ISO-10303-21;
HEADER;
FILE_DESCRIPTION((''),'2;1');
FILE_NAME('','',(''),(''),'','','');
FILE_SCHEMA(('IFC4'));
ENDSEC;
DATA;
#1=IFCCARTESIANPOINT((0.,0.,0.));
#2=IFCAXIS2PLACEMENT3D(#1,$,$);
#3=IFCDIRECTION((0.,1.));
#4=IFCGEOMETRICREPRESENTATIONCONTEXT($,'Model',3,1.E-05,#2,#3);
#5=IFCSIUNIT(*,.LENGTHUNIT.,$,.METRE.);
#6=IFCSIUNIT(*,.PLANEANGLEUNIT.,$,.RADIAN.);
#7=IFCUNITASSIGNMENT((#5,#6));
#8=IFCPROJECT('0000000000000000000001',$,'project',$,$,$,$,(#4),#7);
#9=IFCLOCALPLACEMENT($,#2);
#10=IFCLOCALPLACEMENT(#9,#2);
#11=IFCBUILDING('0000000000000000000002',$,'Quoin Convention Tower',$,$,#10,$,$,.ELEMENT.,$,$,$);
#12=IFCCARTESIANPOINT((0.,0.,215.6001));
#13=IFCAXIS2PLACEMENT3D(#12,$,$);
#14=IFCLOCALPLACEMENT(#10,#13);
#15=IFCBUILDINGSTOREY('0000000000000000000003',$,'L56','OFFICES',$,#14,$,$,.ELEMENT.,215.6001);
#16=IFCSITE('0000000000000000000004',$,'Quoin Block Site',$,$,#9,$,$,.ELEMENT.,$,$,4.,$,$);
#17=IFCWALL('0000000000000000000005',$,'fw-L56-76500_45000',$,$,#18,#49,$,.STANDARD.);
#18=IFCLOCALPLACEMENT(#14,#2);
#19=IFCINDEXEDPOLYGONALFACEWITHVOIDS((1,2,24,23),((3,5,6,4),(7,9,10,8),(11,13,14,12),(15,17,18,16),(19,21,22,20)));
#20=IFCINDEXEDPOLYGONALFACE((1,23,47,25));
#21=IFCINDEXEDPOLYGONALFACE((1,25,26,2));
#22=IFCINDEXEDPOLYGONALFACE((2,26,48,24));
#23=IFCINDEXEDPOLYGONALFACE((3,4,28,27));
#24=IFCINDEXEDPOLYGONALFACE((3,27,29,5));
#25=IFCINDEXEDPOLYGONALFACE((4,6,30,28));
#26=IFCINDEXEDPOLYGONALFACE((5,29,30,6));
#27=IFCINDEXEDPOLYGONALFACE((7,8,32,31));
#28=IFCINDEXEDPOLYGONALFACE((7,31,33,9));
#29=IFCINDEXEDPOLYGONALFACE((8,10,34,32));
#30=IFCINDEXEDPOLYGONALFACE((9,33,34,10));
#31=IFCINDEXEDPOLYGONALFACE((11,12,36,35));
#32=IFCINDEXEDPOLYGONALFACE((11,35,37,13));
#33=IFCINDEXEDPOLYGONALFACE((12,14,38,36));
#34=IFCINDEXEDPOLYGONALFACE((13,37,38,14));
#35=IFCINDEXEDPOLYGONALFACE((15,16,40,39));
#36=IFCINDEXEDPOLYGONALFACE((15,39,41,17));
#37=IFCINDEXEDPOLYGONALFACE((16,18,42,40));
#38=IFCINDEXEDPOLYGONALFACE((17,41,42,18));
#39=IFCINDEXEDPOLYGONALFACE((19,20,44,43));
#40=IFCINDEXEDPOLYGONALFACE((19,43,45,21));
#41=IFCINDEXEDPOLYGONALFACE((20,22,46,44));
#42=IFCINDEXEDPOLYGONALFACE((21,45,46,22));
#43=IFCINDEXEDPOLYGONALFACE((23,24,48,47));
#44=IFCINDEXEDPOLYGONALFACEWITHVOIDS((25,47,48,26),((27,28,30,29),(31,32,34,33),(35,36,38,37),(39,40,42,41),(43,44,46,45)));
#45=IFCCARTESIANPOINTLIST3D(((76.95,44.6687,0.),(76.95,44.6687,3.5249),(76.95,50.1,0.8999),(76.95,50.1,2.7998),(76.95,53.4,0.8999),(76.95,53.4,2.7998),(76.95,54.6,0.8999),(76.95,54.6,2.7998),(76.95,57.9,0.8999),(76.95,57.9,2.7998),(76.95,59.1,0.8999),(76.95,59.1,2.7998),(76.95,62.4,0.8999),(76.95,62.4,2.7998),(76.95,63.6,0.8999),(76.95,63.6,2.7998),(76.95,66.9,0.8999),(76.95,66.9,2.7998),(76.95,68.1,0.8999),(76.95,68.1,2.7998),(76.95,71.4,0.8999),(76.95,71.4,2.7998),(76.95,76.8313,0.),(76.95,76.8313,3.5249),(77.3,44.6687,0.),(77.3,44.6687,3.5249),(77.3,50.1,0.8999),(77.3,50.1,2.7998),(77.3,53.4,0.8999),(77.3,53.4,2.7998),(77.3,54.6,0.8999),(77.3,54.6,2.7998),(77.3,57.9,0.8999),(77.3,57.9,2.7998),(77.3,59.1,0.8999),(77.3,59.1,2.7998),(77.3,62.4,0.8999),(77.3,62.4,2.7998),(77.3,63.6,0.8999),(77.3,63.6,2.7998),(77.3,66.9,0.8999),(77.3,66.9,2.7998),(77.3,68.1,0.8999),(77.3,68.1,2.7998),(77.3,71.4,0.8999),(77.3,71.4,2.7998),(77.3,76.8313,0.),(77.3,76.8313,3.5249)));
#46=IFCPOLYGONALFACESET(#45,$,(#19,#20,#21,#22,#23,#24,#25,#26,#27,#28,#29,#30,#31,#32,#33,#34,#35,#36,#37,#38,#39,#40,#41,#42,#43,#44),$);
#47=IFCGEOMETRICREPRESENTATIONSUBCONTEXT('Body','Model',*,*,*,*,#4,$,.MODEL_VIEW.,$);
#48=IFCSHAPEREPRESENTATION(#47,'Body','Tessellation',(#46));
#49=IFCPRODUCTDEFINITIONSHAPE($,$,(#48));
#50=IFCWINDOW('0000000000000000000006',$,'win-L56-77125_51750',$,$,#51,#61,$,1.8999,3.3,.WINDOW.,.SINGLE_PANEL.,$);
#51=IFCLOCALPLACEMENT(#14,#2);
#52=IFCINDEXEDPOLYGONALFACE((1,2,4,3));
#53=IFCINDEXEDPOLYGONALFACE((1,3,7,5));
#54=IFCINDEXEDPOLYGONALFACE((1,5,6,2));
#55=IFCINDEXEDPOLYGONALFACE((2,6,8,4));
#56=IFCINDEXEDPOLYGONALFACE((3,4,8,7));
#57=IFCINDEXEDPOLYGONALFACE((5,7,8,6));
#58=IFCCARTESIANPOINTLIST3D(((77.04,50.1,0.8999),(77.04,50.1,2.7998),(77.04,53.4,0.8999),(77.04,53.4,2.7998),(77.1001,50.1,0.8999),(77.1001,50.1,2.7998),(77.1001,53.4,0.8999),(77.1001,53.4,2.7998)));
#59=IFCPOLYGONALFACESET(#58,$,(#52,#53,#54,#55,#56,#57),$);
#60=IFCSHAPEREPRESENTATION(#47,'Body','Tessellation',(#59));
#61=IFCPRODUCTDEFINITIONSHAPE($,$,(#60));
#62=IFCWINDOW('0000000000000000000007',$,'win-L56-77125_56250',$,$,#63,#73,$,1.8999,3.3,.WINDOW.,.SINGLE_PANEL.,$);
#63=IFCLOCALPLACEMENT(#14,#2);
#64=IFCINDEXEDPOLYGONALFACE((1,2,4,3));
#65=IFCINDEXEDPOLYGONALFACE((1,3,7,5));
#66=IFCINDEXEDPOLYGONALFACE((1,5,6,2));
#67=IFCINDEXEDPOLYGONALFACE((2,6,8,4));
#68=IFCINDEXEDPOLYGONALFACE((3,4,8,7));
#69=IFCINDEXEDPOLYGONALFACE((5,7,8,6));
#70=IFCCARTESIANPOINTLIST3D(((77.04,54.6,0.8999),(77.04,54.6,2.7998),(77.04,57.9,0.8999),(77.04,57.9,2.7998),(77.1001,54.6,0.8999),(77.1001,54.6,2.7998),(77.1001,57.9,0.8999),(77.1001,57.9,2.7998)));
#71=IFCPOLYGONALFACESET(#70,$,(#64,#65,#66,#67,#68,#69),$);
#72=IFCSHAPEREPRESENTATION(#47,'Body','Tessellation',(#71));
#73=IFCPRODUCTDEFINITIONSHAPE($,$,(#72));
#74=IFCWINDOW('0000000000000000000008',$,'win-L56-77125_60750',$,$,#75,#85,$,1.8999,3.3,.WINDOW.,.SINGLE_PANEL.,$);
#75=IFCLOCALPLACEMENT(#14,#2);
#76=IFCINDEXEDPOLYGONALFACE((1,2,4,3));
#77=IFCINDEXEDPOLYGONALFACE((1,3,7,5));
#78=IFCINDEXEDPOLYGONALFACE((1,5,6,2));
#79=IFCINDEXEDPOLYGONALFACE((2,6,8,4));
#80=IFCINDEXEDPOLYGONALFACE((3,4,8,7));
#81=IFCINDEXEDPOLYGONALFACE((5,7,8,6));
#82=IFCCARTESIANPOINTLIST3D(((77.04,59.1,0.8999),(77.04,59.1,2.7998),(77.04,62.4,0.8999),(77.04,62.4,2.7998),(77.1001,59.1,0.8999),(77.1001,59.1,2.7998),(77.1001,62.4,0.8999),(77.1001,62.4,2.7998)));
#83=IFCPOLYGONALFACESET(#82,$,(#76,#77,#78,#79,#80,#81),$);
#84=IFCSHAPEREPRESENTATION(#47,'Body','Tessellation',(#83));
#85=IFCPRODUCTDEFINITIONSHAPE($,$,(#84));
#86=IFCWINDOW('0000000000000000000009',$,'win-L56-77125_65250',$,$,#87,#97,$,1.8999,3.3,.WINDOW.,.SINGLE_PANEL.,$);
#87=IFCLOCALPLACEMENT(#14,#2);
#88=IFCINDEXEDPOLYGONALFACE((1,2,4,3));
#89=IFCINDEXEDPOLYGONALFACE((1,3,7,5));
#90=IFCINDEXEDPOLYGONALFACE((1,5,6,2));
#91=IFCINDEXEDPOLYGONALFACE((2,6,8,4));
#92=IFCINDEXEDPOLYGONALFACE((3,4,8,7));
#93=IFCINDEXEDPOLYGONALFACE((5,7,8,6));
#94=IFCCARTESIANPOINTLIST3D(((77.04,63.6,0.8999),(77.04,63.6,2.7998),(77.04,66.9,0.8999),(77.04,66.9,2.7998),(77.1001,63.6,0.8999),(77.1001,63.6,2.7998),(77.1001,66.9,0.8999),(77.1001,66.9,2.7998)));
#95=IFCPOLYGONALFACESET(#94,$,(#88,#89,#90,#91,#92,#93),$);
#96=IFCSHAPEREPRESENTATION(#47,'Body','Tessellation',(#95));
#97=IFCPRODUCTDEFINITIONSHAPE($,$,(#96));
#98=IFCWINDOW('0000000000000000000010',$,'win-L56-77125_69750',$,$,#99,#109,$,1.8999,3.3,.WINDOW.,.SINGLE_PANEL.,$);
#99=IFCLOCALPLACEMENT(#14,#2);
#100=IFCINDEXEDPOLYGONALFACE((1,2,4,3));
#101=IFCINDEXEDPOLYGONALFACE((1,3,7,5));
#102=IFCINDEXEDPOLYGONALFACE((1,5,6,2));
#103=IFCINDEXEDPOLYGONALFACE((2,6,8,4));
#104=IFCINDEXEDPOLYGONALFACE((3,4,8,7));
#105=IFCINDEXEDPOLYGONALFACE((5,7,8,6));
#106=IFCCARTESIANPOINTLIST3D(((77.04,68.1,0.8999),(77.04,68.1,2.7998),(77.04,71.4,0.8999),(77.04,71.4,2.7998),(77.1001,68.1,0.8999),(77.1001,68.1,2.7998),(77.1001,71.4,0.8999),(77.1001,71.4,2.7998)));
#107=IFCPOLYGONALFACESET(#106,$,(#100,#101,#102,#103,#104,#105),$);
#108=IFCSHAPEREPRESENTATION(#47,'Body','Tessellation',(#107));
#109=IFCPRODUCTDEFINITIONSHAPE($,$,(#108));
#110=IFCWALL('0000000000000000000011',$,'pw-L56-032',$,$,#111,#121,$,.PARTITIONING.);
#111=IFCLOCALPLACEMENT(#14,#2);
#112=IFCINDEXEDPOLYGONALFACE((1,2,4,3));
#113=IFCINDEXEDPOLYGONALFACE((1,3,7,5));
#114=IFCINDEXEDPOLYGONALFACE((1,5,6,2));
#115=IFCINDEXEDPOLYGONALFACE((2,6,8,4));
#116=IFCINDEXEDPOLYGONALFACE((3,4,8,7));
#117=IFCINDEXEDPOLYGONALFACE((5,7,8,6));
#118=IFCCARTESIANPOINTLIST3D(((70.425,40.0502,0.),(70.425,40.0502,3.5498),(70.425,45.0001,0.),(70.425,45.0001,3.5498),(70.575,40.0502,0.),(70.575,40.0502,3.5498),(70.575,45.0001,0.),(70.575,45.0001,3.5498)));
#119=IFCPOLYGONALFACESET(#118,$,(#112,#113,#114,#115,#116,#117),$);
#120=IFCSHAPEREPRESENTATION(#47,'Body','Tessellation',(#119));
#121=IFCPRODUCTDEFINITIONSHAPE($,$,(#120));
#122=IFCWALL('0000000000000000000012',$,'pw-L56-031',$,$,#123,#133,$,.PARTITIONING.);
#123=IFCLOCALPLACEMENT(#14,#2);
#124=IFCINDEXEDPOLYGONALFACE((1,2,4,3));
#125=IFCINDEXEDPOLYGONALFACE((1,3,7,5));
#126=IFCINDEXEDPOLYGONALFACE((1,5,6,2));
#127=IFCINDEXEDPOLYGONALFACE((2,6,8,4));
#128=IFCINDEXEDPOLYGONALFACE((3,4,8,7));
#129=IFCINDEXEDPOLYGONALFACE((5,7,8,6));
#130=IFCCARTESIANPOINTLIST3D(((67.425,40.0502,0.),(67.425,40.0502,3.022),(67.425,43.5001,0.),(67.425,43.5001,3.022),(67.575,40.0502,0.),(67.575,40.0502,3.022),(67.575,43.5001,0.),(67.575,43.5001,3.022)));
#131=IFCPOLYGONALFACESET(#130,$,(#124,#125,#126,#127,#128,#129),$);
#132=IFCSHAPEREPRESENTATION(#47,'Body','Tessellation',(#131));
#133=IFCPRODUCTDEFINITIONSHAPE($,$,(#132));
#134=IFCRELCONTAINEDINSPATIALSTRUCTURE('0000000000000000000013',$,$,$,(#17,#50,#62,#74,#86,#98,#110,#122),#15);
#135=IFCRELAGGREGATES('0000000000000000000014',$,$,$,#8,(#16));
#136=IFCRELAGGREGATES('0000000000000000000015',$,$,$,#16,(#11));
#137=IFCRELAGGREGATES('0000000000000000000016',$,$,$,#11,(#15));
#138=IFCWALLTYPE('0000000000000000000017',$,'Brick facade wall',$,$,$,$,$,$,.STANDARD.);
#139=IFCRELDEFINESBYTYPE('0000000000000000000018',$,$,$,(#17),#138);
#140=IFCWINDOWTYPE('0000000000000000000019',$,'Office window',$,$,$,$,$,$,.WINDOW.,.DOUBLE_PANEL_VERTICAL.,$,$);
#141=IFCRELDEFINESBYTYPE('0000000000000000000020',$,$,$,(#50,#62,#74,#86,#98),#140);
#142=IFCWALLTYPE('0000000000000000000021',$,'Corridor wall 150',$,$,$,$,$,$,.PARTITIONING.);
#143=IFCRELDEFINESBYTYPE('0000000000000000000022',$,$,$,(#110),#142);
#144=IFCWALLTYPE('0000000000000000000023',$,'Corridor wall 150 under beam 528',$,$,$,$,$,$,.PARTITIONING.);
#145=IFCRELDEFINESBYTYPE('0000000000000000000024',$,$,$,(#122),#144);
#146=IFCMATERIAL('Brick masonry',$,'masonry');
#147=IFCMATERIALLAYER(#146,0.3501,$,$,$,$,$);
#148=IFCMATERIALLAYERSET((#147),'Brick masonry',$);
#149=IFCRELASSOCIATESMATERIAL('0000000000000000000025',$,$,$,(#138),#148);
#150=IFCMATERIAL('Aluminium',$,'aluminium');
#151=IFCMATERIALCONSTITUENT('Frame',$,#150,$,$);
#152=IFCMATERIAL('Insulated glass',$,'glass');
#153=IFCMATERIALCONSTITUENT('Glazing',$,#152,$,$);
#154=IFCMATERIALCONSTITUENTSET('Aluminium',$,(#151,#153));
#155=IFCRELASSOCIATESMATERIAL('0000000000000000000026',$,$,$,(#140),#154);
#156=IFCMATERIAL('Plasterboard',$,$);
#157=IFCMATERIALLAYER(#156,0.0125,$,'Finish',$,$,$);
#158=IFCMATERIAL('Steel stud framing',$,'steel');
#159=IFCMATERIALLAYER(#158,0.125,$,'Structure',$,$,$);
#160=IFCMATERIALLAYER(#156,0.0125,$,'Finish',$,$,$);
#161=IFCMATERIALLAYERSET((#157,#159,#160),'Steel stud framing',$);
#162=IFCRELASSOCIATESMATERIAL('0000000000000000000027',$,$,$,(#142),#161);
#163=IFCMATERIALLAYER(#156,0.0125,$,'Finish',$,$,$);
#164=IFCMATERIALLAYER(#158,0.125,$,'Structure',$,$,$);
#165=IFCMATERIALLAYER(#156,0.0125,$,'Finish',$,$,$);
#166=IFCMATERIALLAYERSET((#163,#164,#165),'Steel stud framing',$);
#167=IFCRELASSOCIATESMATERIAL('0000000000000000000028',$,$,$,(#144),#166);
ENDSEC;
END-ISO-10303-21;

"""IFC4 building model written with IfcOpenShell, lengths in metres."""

from ifc_helpers import new_model, si_unit, direction, frame, frame_2d, origin, place, context, subcontext, project, spatial, rectangle, extrude, material, layer, layer_set, constituent, constituent_set, type_object, element, fill, save


model = new_model("IFC4")

# Units and contexts
model_context = context("Model", 3, precision=1e-05, world=origin(), true_north=direction((0.0, 1.0)))
body_context = subcontext(model_context, "Body", "Model", "MODEL_VIEW")
ifc_project = project(units=[si_unit("LENGTHUNIT", "METRE"), si_unit("PLANEANGLEUNIT", "RADIAN")], contexts=[model_context])

# Site, building, storey
site_placement = place(None, origin())
site = spatial("IfcSite", under=ifc_project, at=site_placement, Name="Quoin Block Site", CompositionType="ELEMENT", RefElevation=4.0)
building_placement = place(site_placement, origin())
building = spatial("IfcBuilding", under=site, at=building_placement, Name="Quoin Convention Tower", CompositionType="ELEMENT")
storey_placement = place(building_placement, frame((0.0, 0.0, 215.6001)))
storey = spatial("IfcBuildingStorey", under=building, at=storey_placement, Name="L56", Description="OFFICES", CompositionType="ELEMENT", Elevation=215.6001)

# Shared definitions
ifc_material_1 = material(Name="Plasterboard")
ifc_material_2 = material(Name="Steel stud framing", Category="steel")

# Shared definitions
ifc_material_3 = material(Name="Brick masonry", Category="masonry")
ifc_layer_1 = layer(ifc_material_3, 0.3501)
ifc_layer_set_1 = layer_set([ifc_layer_1], Name="Brick masonry")
wall_type_1 = type_object("IfcWallType", Name="Brick facade wall", PredefinedType="STANDARD", material=ifc_layer_set_1)
ifc_material_4 = material(Name="Aluminium", Category="aluminium")
ifc_constituent_1 = constituent(ifc_material_4, Name="Frame")
ifc_material_5 = material(Name="Insulated glass", Category="glass")
ifc_constituent_2 = constituent(ifc_material_5, Name="Glazing")
ifc_constituent_set = constituent_set(constituents=[ifc_constituent_1, ifc_constituent_2], Name="Aluminium")
window_type = type_object("IfcWindowType", Name="Office window", PartitioningType="DOUBLE_PANEL_VERTICAL", PredefinedType="WINDOW", material=ifc_constituent_set)

# Wall, openings, windows
wall_1_placement = place(storey_placement, frame((77.125, 44.6687, 0.0), z_axis=(0.0, 0.0, 1.0), x_axis=(0.0, 1.0, 0.0)))
wall_1 = element("IfcWall", 1, at=wall_1_placement, inside=storey, type_object=wall_type_1, Name="fw-L56-76500_45000", PredefinedType="STANDARD", context=body_context, shape_type="SweptSolid", body=[
    extrude(rectangle(XDim=32.1626, YDim=0.3501, at=frame_2d((16.0813, 0.0))), origin(), (0.0, 0.0, 1.0), 3.5249),
])
opening_1_placement = place(wall_1_placement, frame((5.4314, 0.0, 0.8999)))
opening_1 = element("IfcOpeningElement", 2, at=opening_1_placement, cuts=wall_1, PredefinedType="OPENING", context=body_context, shape_type="SweptSolid", body=[
    extrude(rectangle(XDim=3.3, YDim=1.8999, at=frame_2d((1.6499, 0.95))), frame((0.0, 0.1851, 0.0), z_axis=(0.0, -1.0, 0.0), x_axis=(1.0, 0.0, 0.0)), (0.0, 0.0, 1.0), 0.3701),
])
opening_2_placement = place(wall_1_placement, frame((9.9314, 0.0, 0.8999)))
opening_2 = element("IfcOpeningElement", 3, at=opening_2_placement, cuts=wall_1, PredefinedType="OPENING", context=body_context, shape_type="SweptSolid", body=[
    extrude(rectangle(XDim=3.3, YDim=1.8999, at=frame_2d((1.6499, 0.95))), frame((0.0, 0.1851, 0.0), z_axis=(0.0, -1.0, 0.0), x_axis=(1.0, 0.0, 0.0)), (0.0, 0.0, 1.0), 0.3701),
])
opening_3_placement = place(wall_1_placement, frame((14.4314, 0.0, 0.8999)))
opening_3 = element("IfcOpeningElement", 4, at=opening_3_placement, cuts=wall_1, PredefinedType="OPENING", context=body_context, shape_type="SweptSolid", body=[
    extrude(rectangle(XDim=3.3, YDim=1.8999, at=frame_2d((1.6499, 0.95))), frame((0.0, 0.1851, 0.0), z_axis=(0.0, -1.0, 0.0), x_axis=(1.0, 0.0, 0.0)), (0.0, 0.0, 1.0), 0.3701),
])
opening_4_placement = place(wall_1_placement, frame((18.9314, 0.0, 0.8999)))
opening_4 = element("IfcOpeningElement", 5, at=opening_4_placement, cuts=wall_1, PredefinedType="OPENING", context=body_context, shape_type="SweptSolid", body=[
    extrude(rectangle(XDim=3.3, YDim=1.8999, at=frame_2d((1.6499, 0.95))), frame((0.0, 0.1851, 0.0), z_axis=(0.0, -1.0, 0.0), x_axis=(1.0, 0.0, 0.0)), (0.0, 0.0, 1.0), 0.3701),
])
opening_5_placement = place(wall_1_placement, frame((23.4314, 0.0, 0.8999)))
opening_5 = element("IfcOpeningElement", 6, at=opening_5_placement, cuts=wall_1, PredefinedType="OPENING", context=body_context, shape_type="SweptSolid", body=[
    extrude(rectangle(XDim=3.3, YDim=1.8999, at=frame_2d((1.6499, 0.95))), frame((0.0, 0.1851, 0.0), z_axis=(0.0, -1.0, 0.0), x_axis=(1.0, 0.0, 0.0)), (0.0, 0.0, 1.0), 0.3701),
])
window_1_placement = place(opening_1_placement, origin())
window_1 = element("IfcWindow", 7, at=window_1_placement, inside=storey, type_object=window_type, Name="win-L56-77125_51750", OverallHeight=1.8999, OverallWidth=3.3, PartitioningType="SINGLE_PANEL", PredefinedType="WINDOW", context=body_context, shape_type="SweptSolid", body=[
    extrude(rectangle(XDim=3.3, YDim=1.8999, at=frame_2d((1.6499, 0.95))), frame((0.0, 0.085, 0.0), z_axis=(0.0, -1.0, 0.0), x_axis=(1.0, 0.0, 0.0)), (0.0, 0.0, 1.0), 0.0601),
])
fill(opening_1, window_1)
window_2_placement = place(opening_2_placement, origin())
window_2 = element("IfcWindow", 8, at=window_2_placement, inside=storey, type_object=window_type, Name="win-L56-77125_56250", OverallHeight=1.8999, OverallWidth=3.3, PartitioningType="SINGLE_PANEL", PredefinedType="WINDOW", context=body_context, shape_type="SweptSolid", body=[
    extrude(rectangle(XDim=3.3, YDim=1.8999, at=frame_2d((1.6499, 0.95))), frame((0.0, 0.085, 0.0), z_axis=(0.0, -1.0, 0.0), x_axis=(1.0, 0.0, 0.0)), (0.0, 0.0, 1.0), 0.0601),
])
fill(opening_2, window_2)
window_3_placement = place(opening_3_placement, origin())
window_3 = element("IfcWindow", 9, at=window_3_placement, inside=storey, type_object=window_type, Name="win-L56-77125_60750", OverallHeight=1.8999, OverallWidth=3.3, PartitioningType="SINGLE_PANEL", PredefinedType="WINDOW", context=body_context, shape_type="SweptSolid", body=[
    extrude(rectangle(XDim=3.3, YDim=1.8999, at=frame_2d((1.6499, 0.95))), frame((0.0, 0.085, 0.0), z_axis=(0.0, -1.0, 0.0), x_axis=(1.0, 0.0, 0.0)), (0.0, 0.0, 1.0), 0.0601),
])
fill(opening_3, window_3)
window_4_placement = place(opening_4_placement, origin())
window_4 = element("IfcWindow", 10, at=window_4_placement, inside=storey, type_object=window_type, Name="win-L56-77125_65250", OverallHeight=1.8999, OverallWidth=3.3, PartitioningType="SINGLE_PANEL", PredefinedType="WINDOW", context=body_context, shape_type="SweptSolid", body=[
    extrude(rectangle(XDim=3.3, YDim=1.8999, at=frame_2d((1.6499, 0.95))), frame((0.0, 0.085, 0.0), z_axis=(0.0, -1.0, 0.0), x_axis=(1.0, 0.0, 0.0)), (0.0, 0.0, 1.0), 0.0601),
])
fill(opening_4, window_4)
window_5_placement = place(opening_5_placement, origin())
window_5 = element("IfcWindow", 11, at=window_5_placement, inside=storey, type_object=window_type, Name="win-L56-77125_69750", OverallHeight=1.8999, OverallWidth=3.3, PartitioningType="SINGLE_PANEL", PredefinedType="WINDOW", context=body_context, shape_type="SweptSolid", body=[
    extrude(rectangle(XDim=3.3, YDim=1.8999, at=frame_2d((1.6499, 0.95))), frame((0.0, 0.085, 0.0), z_axis=(0.0, -1.0, 0.0), x_axis=(1.0, 0.0, 0.0)), (0.0, 0.0, 1.0), 0.0601),
])
fill(opening_5, window_5)

# Walls
ifc_layer_2 = layer(ifc_material_1, 0.0125, Name="Finish")
ifc_layer_3 = layer(ifc_material_2, 0.125, Name="Structure")
ifc_layer_4 = layer(ifc_material_1, 0.0125, Name="Finish")
ifc_layer_set_2 = layer_set([ifc_layer_2, ifc_layer_3, ifc_layer_4], Name="Steel stud framing")
wall_type_2 = type_object("IfcWallType", Name="Corridor wall 150", PredefinedType="PARTITIONING", material=ifc_layer_set_2)
wall_2_placement = place(storey_placement, frame((70.5, 40.05, 0.0), z_axis=(0.0, 0.0, 1.0), x_axis=(0.0, 1.0, 0.0)))
element("IfcWall", 12, at=wall_2_placement, inside=storey, type_object=wall_type_2, Name="pw-L56-032", PredefinedType="PARTITIONING", context=body_context, shape_type="SweptSolid", body=[
    extrude(rectangle(XDim=4.95, YDim=0.1499, at=frame_2d((2.4751, 0.0))), origin(), (0.0, 0.0, 1.0), 3.5498),
])
ifc_layer_5 = layer(ifc_material_1, 0.0125, Name="Finish")
ifc_layer_6 = layer(ifc_material_2, 0.125, Name="Structure")
ifc_layer_7 = layer(ifc_material_1, 0.0125, Name="Finish")
ifc_layer_set_3 = layer_set([ifc_layer_5, ifc_layer_6, ifc_layer_7], Name="Steel stud framing")
wall_type_3 = type_object("IfcWallType", Name="Corridor wall 150 under beam 528", PredefinedType="PARTITIONING", material=ifc_layer_set_3)
wall_3_placement = place(storey_placement, frame((67.5, 40.05, 0.0), z_axis=(0.0, 0.0, 1.0), x_axis=(0.0, 1.0, 0.0)))
element("IfcWall", 13, at=wall_3_placement, inside=storey, type_object=wall_type_3, Name="pw-L56-031", PredefinedType="PARTITIONING", context=body_context, shape_type="SweptSolid", body=[
    extrude(rectangle(XDim=3.45, YDim=0.1499, at=frame_2d((1.7251, 0.0))), origin(), (0.0, 0.0, 1.0), 3.022),
])

save(model, "model.ifc")
